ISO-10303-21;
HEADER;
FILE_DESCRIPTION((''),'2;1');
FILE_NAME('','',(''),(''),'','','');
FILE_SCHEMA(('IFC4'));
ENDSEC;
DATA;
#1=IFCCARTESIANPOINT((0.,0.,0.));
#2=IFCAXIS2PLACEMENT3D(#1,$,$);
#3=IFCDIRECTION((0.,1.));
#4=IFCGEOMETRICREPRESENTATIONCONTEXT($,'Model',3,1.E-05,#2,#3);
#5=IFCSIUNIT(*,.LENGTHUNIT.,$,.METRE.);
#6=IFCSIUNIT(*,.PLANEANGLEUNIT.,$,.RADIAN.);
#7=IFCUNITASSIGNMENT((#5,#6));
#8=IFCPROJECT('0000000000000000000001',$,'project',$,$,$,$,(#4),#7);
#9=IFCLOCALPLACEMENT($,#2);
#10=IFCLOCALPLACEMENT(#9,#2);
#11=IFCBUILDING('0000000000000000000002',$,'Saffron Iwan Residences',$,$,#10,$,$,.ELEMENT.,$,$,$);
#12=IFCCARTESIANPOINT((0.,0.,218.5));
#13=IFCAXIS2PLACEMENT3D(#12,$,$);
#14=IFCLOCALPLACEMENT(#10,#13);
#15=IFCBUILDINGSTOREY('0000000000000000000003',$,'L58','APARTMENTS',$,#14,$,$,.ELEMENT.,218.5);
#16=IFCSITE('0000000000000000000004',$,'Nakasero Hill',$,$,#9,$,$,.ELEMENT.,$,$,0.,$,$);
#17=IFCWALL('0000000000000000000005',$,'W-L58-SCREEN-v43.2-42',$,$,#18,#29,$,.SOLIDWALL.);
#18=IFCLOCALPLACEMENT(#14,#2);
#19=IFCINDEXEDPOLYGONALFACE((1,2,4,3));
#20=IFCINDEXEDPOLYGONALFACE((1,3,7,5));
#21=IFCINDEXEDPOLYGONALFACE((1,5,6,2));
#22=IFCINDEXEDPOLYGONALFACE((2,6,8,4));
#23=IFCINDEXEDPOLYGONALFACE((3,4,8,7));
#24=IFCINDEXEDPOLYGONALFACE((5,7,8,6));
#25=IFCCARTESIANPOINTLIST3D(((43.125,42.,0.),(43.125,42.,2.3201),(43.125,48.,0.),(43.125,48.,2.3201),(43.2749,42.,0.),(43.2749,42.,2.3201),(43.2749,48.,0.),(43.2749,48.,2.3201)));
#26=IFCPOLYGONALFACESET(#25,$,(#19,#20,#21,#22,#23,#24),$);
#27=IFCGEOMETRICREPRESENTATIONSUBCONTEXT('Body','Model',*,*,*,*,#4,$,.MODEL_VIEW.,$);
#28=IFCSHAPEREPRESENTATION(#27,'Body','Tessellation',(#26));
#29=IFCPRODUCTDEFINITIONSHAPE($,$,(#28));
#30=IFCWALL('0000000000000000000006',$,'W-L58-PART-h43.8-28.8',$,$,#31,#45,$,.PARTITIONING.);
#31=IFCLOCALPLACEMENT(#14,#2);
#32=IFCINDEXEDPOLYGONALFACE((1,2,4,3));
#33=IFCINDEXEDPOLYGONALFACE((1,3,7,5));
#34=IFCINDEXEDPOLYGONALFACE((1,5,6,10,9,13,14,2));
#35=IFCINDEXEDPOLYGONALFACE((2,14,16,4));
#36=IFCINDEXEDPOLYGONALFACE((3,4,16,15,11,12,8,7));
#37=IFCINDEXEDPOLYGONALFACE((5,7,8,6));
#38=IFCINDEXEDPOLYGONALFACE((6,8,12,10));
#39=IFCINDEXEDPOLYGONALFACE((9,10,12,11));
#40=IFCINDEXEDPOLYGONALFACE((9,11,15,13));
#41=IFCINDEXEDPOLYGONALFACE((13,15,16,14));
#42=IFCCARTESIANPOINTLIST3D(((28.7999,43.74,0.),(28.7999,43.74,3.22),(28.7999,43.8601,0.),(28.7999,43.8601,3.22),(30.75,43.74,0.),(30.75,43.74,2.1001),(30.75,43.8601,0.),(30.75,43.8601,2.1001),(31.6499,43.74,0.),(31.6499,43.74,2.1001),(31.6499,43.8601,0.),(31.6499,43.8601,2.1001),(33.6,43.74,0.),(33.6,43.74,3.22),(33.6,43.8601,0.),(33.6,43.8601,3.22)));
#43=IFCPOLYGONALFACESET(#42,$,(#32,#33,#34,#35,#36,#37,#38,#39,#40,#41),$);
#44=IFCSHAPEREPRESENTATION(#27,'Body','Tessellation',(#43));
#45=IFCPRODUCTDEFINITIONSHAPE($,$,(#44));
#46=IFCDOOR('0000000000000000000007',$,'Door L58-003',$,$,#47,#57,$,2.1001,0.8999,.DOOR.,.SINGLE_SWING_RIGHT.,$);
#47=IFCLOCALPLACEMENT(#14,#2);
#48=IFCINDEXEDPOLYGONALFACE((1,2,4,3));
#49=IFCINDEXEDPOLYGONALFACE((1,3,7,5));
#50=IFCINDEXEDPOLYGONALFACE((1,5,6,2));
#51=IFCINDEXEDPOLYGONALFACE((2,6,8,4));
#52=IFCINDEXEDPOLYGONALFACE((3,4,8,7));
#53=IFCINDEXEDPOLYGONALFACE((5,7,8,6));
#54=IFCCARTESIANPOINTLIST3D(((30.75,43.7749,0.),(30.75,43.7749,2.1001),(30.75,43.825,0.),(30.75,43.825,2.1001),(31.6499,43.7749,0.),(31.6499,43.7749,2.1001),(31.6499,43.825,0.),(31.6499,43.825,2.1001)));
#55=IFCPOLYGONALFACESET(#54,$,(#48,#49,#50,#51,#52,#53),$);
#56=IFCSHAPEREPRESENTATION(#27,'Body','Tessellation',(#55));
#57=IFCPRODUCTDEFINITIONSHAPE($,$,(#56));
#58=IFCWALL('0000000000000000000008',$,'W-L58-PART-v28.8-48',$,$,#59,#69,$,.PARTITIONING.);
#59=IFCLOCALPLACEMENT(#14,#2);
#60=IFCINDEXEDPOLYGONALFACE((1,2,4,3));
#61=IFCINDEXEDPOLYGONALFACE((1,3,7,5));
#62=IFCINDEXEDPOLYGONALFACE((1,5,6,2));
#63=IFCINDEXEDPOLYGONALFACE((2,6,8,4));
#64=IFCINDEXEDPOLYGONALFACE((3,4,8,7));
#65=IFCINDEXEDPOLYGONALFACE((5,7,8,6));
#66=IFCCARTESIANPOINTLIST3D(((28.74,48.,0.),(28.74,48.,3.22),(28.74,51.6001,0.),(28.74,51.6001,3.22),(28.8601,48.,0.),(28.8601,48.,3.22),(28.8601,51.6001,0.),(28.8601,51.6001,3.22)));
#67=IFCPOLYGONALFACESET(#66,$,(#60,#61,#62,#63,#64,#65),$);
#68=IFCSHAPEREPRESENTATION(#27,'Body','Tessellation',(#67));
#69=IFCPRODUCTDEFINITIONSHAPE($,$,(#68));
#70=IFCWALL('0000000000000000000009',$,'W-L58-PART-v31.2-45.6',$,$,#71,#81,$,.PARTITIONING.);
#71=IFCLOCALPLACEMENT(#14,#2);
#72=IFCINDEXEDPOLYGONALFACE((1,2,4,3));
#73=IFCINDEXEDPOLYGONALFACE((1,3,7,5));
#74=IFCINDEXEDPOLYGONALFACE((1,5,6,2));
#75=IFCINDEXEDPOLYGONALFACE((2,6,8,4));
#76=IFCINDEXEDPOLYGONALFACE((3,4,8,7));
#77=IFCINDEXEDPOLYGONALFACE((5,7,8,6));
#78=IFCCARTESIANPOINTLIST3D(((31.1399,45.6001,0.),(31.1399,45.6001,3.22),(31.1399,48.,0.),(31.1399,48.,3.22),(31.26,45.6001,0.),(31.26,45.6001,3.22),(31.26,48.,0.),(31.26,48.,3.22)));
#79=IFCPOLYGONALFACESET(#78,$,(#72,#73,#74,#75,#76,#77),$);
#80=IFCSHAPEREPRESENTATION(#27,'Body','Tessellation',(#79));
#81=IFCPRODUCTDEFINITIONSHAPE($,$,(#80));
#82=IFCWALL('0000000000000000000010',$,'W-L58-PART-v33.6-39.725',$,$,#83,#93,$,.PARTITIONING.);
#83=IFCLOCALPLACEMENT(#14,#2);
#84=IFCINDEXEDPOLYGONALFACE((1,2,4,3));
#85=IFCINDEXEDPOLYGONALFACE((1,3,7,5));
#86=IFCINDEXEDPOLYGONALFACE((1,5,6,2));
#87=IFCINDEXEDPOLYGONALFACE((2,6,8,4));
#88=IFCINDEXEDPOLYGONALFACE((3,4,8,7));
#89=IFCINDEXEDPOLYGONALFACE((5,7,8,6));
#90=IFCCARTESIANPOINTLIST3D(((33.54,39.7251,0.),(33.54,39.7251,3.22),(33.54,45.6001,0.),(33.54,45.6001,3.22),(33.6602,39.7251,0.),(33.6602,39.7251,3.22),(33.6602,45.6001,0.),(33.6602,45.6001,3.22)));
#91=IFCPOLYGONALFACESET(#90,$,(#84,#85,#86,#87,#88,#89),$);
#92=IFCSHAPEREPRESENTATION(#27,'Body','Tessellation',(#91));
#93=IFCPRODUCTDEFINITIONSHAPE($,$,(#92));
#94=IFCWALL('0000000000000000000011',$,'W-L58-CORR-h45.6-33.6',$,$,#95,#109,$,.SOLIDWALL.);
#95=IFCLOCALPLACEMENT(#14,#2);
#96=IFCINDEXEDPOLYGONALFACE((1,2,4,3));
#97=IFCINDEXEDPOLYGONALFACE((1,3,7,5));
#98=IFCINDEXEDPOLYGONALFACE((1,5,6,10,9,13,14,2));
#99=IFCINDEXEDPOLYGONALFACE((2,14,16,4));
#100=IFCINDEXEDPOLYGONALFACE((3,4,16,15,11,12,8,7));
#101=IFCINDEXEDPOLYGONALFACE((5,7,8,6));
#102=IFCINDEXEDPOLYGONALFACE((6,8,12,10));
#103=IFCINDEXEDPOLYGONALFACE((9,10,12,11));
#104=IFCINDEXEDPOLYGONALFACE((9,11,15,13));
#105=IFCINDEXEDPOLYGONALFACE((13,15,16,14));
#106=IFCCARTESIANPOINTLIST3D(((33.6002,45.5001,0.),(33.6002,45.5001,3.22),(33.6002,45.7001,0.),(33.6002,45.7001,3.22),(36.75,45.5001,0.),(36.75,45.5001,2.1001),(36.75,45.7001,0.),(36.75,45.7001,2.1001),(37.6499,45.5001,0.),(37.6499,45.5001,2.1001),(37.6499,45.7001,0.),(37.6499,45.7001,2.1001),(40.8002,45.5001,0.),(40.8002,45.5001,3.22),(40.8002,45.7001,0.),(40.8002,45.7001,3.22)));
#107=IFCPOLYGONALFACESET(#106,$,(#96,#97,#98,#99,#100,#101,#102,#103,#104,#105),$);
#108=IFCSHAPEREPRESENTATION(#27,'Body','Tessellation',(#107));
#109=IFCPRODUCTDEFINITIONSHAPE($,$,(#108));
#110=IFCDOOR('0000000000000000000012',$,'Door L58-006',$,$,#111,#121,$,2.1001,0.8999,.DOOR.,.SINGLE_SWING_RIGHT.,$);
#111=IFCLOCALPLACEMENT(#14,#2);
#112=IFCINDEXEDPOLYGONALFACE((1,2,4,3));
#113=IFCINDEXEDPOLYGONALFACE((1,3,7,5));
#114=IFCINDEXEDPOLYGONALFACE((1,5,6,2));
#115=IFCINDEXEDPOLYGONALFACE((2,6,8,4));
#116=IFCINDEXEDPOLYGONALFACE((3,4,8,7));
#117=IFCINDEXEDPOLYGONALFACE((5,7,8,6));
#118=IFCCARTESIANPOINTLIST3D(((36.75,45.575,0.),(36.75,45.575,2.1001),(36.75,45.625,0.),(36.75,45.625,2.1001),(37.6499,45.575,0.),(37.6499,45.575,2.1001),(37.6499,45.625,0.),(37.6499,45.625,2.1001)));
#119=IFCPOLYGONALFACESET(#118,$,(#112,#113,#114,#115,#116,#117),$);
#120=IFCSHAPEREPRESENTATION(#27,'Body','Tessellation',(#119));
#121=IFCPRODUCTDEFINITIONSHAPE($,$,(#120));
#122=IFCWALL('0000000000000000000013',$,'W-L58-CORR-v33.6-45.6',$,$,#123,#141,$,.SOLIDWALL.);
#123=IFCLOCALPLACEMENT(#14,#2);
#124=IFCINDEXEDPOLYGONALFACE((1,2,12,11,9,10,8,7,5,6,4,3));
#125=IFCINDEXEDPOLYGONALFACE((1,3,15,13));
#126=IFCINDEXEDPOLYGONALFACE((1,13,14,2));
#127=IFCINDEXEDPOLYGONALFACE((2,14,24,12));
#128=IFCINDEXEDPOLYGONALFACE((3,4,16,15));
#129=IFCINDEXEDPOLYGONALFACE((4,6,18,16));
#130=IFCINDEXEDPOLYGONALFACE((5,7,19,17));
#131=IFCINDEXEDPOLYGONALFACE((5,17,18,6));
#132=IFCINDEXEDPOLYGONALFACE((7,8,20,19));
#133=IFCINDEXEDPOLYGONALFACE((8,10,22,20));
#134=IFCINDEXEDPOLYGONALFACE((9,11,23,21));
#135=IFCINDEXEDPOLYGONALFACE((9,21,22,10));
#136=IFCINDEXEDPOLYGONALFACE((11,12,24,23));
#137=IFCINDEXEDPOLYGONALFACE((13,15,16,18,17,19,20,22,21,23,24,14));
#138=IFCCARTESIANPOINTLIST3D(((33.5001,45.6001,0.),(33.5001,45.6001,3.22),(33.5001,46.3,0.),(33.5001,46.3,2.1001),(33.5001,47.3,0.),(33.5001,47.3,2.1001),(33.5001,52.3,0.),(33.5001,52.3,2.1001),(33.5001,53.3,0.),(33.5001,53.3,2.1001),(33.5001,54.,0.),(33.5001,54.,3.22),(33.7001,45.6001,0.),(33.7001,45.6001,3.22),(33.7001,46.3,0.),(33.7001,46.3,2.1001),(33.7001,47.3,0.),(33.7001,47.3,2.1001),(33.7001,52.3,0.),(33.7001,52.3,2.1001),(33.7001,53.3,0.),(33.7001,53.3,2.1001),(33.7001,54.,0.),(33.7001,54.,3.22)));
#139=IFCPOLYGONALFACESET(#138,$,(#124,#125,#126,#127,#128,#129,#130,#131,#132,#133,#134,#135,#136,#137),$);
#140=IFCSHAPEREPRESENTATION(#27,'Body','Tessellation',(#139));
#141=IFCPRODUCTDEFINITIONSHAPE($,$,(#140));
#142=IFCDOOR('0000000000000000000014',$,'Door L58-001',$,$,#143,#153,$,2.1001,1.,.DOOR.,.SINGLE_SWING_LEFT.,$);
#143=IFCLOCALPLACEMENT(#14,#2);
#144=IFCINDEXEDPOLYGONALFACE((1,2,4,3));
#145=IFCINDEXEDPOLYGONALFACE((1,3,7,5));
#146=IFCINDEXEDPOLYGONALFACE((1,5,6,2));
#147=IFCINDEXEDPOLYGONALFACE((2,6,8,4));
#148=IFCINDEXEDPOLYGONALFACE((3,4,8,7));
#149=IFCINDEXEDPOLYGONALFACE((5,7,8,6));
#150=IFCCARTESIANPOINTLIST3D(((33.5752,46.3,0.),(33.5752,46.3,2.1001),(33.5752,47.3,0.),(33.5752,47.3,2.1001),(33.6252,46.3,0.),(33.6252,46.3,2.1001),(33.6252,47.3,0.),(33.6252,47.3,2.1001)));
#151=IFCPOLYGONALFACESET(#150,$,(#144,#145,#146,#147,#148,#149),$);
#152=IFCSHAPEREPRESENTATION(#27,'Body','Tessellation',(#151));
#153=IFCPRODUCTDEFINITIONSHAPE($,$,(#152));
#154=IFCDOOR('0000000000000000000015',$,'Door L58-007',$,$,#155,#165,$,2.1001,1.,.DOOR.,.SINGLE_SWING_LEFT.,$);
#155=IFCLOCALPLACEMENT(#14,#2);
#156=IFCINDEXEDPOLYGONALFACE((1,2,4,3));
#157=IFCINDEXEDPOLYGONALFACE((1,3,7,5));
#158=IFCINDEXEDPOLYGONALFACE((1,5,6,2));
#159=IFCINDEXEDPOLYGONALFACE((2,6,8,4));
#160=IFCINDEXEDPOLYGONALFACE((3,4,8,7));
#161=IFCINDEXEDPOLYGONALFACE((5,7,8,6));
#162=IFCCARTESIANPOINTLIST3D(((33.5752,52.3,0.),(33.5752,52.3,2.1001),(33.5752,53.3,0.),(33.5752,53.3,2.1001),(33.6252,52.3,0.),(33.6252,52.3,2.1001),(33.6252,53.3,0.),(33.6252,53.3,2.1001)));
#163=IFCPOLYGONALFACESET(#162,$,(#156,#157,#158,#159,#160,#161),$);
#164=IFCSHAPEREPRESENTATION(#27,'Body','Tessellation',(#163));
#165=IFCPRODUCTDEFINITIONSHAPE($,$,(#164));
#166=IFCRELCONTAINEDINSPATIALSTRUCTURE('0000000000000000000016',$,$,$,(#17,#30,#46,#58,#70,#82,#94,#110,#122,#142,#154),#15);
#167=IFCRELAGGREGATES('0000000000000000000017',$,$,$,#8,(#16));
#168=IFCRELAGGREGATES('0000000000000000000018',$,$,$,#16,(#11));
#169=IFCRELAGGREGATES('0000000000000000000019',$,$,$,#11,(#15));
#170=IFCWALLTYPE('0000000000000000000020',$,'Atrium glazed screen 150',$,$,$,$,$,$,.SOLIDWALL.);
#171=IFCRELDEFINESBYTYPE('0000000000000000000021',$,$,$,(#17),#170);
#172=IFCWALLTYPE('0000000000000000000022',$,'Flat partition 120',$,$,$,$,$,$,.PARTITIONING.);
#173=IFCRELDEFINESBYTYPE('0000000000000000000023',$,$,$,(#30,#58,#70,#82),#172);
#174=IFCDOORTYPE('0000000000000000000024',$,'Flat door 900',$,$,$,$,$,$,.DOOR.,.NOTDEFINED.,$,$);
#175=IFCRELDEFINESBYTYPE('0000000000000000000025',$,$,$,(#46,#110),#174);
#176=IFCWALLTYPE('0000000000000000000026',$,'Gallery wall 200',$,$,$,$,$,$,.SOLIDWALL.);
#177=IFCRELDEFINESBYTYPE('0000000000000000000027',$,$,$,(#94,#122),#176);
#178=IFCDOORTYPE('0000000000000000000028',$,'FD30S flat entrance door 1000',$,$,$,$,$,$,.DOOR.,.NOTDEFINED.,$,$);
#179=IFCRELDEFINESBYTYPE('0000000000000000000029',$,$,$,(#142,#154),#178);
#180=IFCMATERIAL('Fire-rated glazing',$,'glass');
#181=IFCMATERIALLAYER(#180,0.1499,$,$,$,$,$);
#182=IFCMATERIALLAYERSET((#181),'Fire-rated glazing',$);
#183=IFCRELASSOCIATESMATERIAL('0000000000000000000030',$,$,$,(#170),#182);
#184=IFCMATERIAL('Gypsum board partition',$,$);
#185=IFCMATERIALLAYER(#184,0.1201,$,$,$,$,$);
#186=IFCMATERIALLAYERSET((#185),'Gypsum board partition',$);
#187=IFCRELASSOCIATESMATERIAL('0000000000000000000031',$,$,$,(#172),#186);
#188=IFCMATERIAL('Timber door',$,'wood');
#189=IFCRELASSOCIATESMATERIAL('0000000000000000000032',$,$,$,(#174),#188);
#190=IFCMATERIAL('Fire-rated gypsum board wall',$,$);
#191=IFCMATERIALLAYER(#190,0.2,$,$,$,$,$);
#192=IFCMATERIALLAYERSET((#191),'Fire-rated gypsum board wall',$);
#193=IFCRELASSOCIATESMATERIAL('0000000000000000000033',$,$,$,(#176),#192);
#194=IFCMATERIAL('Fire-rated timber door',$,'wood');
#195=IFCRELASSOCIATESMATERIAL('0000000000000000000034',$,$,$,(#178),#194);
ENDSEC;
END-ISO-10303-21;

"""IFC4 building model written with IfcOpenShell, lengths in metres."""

from ifc_helpers import new_model, si_unit, direction, frame, frame_2d, origin, place, context, subcontext, project, spatial, rectangle, extrude, material, layer, layer_set, type_object, element, fill, save


model = new_model("IFC4")

# Units and contexts
model_context = context("Model", 3, precision=1e-05, world=origin(), true_north=direction((0.0, 1.0)))
body_context = subcontext(model_context, "Body", "Model", "MODEL_VIEW")
ifc_project = project(units=[si_unit("LENGTHUNIT", "METRE"), si_unit("PLANEANGLEUNIT", "RADIAN")], contexts=[model_context])

# Site, building, storey
site_placement = place(None, origin())
site = spatial("IfcSite", under=ifc_project, at=site_placement, Name="Nakasero Hill", CompositionType="ELEMENT", RefElevation=0.0)
building_placement = place(site_placement, origin())
building = spatial("IfcBuilding", under=site, at=building_placement, Name="Saffron Iwan Residences", CompositionType="ELEMENT")
storey_placement = place(building_placement, frame((0.0, 0.0, 218.5)))
storey = spatial("IfcBuildingStorey", under=building, at=storey_placement, Name="L58", Description="APARTMENTS", CompositionType="ELEMENT", Elevation=218.5)

# Wall
ifc_material_1 = material(Name="Fire-rated glazing", Category="glass")
ifc_layer_1 = layer(ifc_material_1, 0.1499)
ifc_layer_set_1 = layer_set([ifc_layer_1], Name="Fire-rated glazing")
wall_type_1 = type_object("IfcWallType", Name="Atrium glazed screen 150", PredefinedType="SOLIDWALL", material=ifc_layer_set_1)
wall_1_placement = place(storey_placement, frame((43.2, 42.0, 0.0), z_axis=(0.0, 0.0, 1.0), x_axis=(0.0, 1.0, 0.0)))
element("IfcWall", 1, at=wall_1_placement, inside=storey, type_object=wall_type_1, Name="W-L58-SCREEN-v43.2-42", PredefinedType="SOLIDWALL", context=body_context, shape_type="SweptSolid", body=[
    extrude(rectangle(XDim=6.0, YDim=0.1499, at=frame_2d((3.0, 0.0))), origin(), (0.0, 0.0, 1.0), 2.3201),
])

# Wall, opening, door
ifc_material_2 = material(Name="Gypsum board partition")
ifc_layer_2 = layer(ifc_material_2, 0.1201)
ifc_layer_set_2 = layer_set([ifc_layer_2], Name="Gypsum board partition")
wall_type_2 = type_object("IfcWallType", Name="Flat partition 120", PredefinedType="PARTITIONING", material=ifc_layer_set_2)
wall_2_placement = place(storey_placement, frame((28.8, 43.8, 0.0), z_axis=(0.0, 0.0, 1.0), x_axis=(1.0, 0.0, 0.0)))
wall_2 = element("IfcWall", 2, at=wall_2_placement, inside=storey, type_object=wall_type_2, Name="W-L58-PART-h43.8-28.8", PredefinedType="PARTITIONING", context=body_context, shape_type="SweptSolid", body=[
    extrude(rectangle(XDim=4.8, YDim=0.1201, at=frame_2d((2.3999, 0.0))), origin(), (0.0, 0.0, 1.0), 3.22),
])
opening_1_placement = place(wall_2_placement, frame((1.95, 0.0, 0.0)))
opening_1 = element("IfcOpeningElement", 3, at=opening_1_placement, cuts=wall_2, PredefinedType="OPENING", context=body_context, shape_type="SweptSolid", body=[
    extrude(rectangle(XDim=0.8999, YDim=2.1001, at=frame_2d((0.45, 1.05))), frame((0.0, 0.0701, 0.0), z_axis=(0.0, -1.0, 0.0), x_axis=(1.0, 0.0, 0.0)), (0.0, 0.0, 1.0), 0.1401),
])
ifc_material_3 = material(Name="Timber door", Category="wood")
door_type_1 = type_object("IfcDoorType", Name="Flat door 900", OperationType="NOTDEFINED", PredefinedType="DOOR", material=ifc_material_3)
door_1_placement = place(opening_1_placement, origin())
door_1 = element("IfcDoor", 4, at=door_1_placement, inside=storey, type_object=door_type_1, Name="Door L58-003", OperationType="SINGLE_SWING_RIGHT", OverallHeight=2.1001, OverallWidth=0.8999, PredefinedType="DOOR", context=body_context, shape_type="SweptSolid", body=[
    extrude(rectangle(XDim=0.8999, YDim=2.1001, at=frame_2d((0.45, 1.05))), frame((0.0, 0.0249, 0.0), z_axis=(0.0, -1.0, 0.0), x_axis=(1.0, 0.0, 0.0)), (0.0, 0.0, 1.0), 0.05),
])
fill(opening_1, door_1)

# Walls
wall_3_placement = place(storey_placement, frame((28.8, 48.0, 0.0), z_axis=(0.0, 0.0, 1.0), x_axis=(0.0, 1.0, 0.0)))
element("IfcWall", 5, at=wall_3_placement, inside=storey, type_object=wall_type_2, Name="W-L58-PART-v28.8-48", PredefinedType="PARTITIONING", context=body_context, shape_type="SweptSolid", body=[
    extrude(rectangle(XDim=3.6001, YDim=0.1201, at=frame_2d((1.8, 0.0))), origin(), (0.0, 0.0, 1.0), 3.22),
])
wall_4_placement = place(storey_placement, frame((31.2, 45.6001, 0.0), z_axis=(0.0, 0.0, 1.0), x_axis=(0.0, 1.0, 0.0)))
element("IfcWall", 6, at=wall_4_placement, inside=storey, type_object=wall_type_2, Name="W-L58-PART-v31.2-45.6", PredefinedType="PARTITIONING", context=body_context, shape_type="SweptSolid", body=[
    extrude(rectangle(XDim=2.3999, YDim=0.1201, at=frame_2d((1.2, 0.0))), origin(), (0.0, 0.0, 1.0), 3.22),
])
wall_5_placement = place(storey_placement, frame((33.6001, 39.7251, 0.0), z_axis=(0.0, 0.0, 1.0), x_axis=(0.0, 1.0, 0.0)))
element("IfcWall", 7, at=wall_5_placement, inside=storey, type_object=wall_type_2, Name="W-L58-PART-v33.6-39.725", PredefinedType="PARTITIONING", context=body_context, shape_type="SweptSolid", body=[
    extrude(rectangle(XDim=5.875, YDim=0.1201, at=frame_2d((2.9375, 0.0))), origin(), (0.0, 0.0, 1.0), 3.22),
])

# Wall, opening, door
ifc_material_4 = material(Name="Fire-rated gypsum board wall")
ifc_layer_3 = layer(ifc_material_4, 0.2)
ifc_layer_set_3 = layer_set([ifc_layer_3], Name="Fire-rated gypsum board wall")
wall_type_3 = type_object("IfcWallType", Name="Gallery wall 200", PredefinedType="SOLIDWALL", material=ifc_layer_set_3)
wall_6_placement = place(storey_placement, frame((33.6001, 45.6001, 0.0), z_axis=(0.0, 0.0, 1.0), x_axis=(1.0, 0.0, 0.0)))
wall_6 = element("IfcWall", 8, at=wall_6_placement, inside=storey, type_object=wall_type_3, Name="W-L58-CORR-h45.6-33.6", PredefinedType="SOLIDWALL", context=body_context, shape_type="SweptSolid", body=[
    extrude(rectangle(XDim=7.2, YDim=0.2, at=frame_2d((3.6001, 0.0))), origin(), (0.0, 0.0, 1.0), 3.22),
])
opening_2_placement = place(wall_6_placement, frame((3.1499, 0.0, 0.0)))
opening_2 = element("IfcOpeningElement", 9, at=opening_2_placement, cuts=wall_6, PredefinedType="OPENING", context=body_context, shape_type="SweptSolid", body=[
    extrude(rectangle(XDim=0.8999, YDim=2.1001, at=frame_2d((0.45, 1.05))), frame((0.0, 0.1099, 0.0), z_axis=(0.0, -1.0, 0.0), x_axis=(1.0, 0.0, 0.0)), (0.0, 0.0, 1.0), 0.22),
])
door_2_placement = place(opening_2_placement, origin())
door_2 = element("IfcDoor", 10, at=door_2_placement, inside=storey, type_object=door_type_1, Name="Door L58-006", OperationType="SINGLE_SWING_RIGHT", OverallHeight=2.1001, OverallWidth=0.8999, PredefinedType="DOOR", context=body_context, shape_type="SweptSolid", body=[
    extrude(rectangle(XDim=0.8999, YDim=2.1001, at=frame_2d((0.45, 1.05))), frame((0.0, 0.0249, 0.0), z_axis=(0.0, -1.0, 0.0), x_axis=(1.0, 0.0, 0.0)), (0.0, 0.0, 1.0), 0.05),
])
fill(opening_2, door_2)

# Wall, openings, doors
wall_7_placement = place(storey_placement, frame((33.6001, 45.6001, 0.0), z_axis=(0.0, 0.0, 1.0), x_axis=(0.0, 1.0, 0.0)))
wall_7 = element("IfcWall", 11, at=wall_7_placement, inside=storey, type_object=wall_type_3, Name="W-L58-CORR-v33.6-45.6", PredefinedType="SOLIDWALL", context=body_context, shape_type="SweptSolid", body=[
    extrude(rectangle(XDim=8.3999, YDim=0.2, at=frame_2d((4.2, 0.0))), origin(), (0.0, 0.0, 1.0), 3.22),
])
opening_3_placement = place(wall_7_placement, frame((0.7, 0.0, 0.0)))
opening_3 = element("IfcOpeningElement", 12, at=opening_3_placement, cuts=wall_7, PredefinedType="OPENING", context=body_context, shape_type="SweptSolid", body=[
    extrude(rectangle(XDim=1.0, YDim=2.1001, at=frame_2d((0.5, 1.05))), frame((0.0, 0.1099, 0.0), z_axis=(0.0, -1.0, 0.0), x_axis=(1.0, 0.0, 0.0)), (0.0, 0.0, 1.0), 0.22),
])
opening_4_placement = place(wall_7_placement, frame((6.7, 0.0, 0.0)))
opening_4 = element("IfcOpeningElement", 13, at=opening_4_placement, cuts=wall_7, PredefinedType="OPENING", context=body_context, shape_type="SweptSolid", body=[
    extrude(rectangle(XDim=1.0, YDim=2.1001, at=frame_2d((0.5, 1.05))), frame((0.0, 0.1099, 0.0), z_axis=(0.0, -1.0, 0.0), x_axis=(1.0, 0.0, 0.0)), (0.0, 0.0, 1.0), 0.22),
])
ifc_material_5 = material(Name="Fire-rated timber door", Category="wood")
door_type_2 = type_object("IfcDoorType", Name="FD30S flat entrance door 1000", OperationType="NOTDEFINED", PredefinedType="DOOR", material=ifc_material_5)
door_3_placement = place(opening_3_placement, origin())
door_3 = element("IfcDoor", 14, at=door_3_placement, inside=storey, type_object=door_type_2, Name="Door L58-001", OperationType="SINGLE_SWING_LEFT", OverallHeight=2.1001, OverallWidth=1.0, PredefinedType="DOOR", context=body_context, shape_type="SweptSolid", body=[
    extrude(rectangle(XDim=1.0, YDim=2.1001, at=frame_2d((0.5, 1.05))), frame((0.0, 0.0249, 0.0), z_axis=(0.0, -1.0, 0.0), x_axis=(1.0, 0.0, 0.0)), (0.0, 0.0, 1.0), 0.05),
])
fill(opening_3, door_3)
door_4_placement = place(opening_4_placement, origin())
door_4 = element("IfcDoor", 15, at=door_4_placement, inside=storey, type_object=door_type_2, Name="Door L58-007", OperationType="SINGLE_SWING_LEFT", OverallHeight=2.1001, OverallWidth=1.0, PredefinedType="DOOR", context=body_context, shape_type="SweptSolid", body=[
    extrude(rectangle(XDim=1.0, YDim=2.1001, at=frame_2d((0.5, 1.05))), frame((0.0, 0.0249, 0.0), z_axis=(0.0, -1.0, 0.0), x_axis=(1.0, 0.0, 0.0)), (0.0, 0.0, 1.0), 0.05),
])
fill(opening_4, door_4)

save(model, "model.ifc")
